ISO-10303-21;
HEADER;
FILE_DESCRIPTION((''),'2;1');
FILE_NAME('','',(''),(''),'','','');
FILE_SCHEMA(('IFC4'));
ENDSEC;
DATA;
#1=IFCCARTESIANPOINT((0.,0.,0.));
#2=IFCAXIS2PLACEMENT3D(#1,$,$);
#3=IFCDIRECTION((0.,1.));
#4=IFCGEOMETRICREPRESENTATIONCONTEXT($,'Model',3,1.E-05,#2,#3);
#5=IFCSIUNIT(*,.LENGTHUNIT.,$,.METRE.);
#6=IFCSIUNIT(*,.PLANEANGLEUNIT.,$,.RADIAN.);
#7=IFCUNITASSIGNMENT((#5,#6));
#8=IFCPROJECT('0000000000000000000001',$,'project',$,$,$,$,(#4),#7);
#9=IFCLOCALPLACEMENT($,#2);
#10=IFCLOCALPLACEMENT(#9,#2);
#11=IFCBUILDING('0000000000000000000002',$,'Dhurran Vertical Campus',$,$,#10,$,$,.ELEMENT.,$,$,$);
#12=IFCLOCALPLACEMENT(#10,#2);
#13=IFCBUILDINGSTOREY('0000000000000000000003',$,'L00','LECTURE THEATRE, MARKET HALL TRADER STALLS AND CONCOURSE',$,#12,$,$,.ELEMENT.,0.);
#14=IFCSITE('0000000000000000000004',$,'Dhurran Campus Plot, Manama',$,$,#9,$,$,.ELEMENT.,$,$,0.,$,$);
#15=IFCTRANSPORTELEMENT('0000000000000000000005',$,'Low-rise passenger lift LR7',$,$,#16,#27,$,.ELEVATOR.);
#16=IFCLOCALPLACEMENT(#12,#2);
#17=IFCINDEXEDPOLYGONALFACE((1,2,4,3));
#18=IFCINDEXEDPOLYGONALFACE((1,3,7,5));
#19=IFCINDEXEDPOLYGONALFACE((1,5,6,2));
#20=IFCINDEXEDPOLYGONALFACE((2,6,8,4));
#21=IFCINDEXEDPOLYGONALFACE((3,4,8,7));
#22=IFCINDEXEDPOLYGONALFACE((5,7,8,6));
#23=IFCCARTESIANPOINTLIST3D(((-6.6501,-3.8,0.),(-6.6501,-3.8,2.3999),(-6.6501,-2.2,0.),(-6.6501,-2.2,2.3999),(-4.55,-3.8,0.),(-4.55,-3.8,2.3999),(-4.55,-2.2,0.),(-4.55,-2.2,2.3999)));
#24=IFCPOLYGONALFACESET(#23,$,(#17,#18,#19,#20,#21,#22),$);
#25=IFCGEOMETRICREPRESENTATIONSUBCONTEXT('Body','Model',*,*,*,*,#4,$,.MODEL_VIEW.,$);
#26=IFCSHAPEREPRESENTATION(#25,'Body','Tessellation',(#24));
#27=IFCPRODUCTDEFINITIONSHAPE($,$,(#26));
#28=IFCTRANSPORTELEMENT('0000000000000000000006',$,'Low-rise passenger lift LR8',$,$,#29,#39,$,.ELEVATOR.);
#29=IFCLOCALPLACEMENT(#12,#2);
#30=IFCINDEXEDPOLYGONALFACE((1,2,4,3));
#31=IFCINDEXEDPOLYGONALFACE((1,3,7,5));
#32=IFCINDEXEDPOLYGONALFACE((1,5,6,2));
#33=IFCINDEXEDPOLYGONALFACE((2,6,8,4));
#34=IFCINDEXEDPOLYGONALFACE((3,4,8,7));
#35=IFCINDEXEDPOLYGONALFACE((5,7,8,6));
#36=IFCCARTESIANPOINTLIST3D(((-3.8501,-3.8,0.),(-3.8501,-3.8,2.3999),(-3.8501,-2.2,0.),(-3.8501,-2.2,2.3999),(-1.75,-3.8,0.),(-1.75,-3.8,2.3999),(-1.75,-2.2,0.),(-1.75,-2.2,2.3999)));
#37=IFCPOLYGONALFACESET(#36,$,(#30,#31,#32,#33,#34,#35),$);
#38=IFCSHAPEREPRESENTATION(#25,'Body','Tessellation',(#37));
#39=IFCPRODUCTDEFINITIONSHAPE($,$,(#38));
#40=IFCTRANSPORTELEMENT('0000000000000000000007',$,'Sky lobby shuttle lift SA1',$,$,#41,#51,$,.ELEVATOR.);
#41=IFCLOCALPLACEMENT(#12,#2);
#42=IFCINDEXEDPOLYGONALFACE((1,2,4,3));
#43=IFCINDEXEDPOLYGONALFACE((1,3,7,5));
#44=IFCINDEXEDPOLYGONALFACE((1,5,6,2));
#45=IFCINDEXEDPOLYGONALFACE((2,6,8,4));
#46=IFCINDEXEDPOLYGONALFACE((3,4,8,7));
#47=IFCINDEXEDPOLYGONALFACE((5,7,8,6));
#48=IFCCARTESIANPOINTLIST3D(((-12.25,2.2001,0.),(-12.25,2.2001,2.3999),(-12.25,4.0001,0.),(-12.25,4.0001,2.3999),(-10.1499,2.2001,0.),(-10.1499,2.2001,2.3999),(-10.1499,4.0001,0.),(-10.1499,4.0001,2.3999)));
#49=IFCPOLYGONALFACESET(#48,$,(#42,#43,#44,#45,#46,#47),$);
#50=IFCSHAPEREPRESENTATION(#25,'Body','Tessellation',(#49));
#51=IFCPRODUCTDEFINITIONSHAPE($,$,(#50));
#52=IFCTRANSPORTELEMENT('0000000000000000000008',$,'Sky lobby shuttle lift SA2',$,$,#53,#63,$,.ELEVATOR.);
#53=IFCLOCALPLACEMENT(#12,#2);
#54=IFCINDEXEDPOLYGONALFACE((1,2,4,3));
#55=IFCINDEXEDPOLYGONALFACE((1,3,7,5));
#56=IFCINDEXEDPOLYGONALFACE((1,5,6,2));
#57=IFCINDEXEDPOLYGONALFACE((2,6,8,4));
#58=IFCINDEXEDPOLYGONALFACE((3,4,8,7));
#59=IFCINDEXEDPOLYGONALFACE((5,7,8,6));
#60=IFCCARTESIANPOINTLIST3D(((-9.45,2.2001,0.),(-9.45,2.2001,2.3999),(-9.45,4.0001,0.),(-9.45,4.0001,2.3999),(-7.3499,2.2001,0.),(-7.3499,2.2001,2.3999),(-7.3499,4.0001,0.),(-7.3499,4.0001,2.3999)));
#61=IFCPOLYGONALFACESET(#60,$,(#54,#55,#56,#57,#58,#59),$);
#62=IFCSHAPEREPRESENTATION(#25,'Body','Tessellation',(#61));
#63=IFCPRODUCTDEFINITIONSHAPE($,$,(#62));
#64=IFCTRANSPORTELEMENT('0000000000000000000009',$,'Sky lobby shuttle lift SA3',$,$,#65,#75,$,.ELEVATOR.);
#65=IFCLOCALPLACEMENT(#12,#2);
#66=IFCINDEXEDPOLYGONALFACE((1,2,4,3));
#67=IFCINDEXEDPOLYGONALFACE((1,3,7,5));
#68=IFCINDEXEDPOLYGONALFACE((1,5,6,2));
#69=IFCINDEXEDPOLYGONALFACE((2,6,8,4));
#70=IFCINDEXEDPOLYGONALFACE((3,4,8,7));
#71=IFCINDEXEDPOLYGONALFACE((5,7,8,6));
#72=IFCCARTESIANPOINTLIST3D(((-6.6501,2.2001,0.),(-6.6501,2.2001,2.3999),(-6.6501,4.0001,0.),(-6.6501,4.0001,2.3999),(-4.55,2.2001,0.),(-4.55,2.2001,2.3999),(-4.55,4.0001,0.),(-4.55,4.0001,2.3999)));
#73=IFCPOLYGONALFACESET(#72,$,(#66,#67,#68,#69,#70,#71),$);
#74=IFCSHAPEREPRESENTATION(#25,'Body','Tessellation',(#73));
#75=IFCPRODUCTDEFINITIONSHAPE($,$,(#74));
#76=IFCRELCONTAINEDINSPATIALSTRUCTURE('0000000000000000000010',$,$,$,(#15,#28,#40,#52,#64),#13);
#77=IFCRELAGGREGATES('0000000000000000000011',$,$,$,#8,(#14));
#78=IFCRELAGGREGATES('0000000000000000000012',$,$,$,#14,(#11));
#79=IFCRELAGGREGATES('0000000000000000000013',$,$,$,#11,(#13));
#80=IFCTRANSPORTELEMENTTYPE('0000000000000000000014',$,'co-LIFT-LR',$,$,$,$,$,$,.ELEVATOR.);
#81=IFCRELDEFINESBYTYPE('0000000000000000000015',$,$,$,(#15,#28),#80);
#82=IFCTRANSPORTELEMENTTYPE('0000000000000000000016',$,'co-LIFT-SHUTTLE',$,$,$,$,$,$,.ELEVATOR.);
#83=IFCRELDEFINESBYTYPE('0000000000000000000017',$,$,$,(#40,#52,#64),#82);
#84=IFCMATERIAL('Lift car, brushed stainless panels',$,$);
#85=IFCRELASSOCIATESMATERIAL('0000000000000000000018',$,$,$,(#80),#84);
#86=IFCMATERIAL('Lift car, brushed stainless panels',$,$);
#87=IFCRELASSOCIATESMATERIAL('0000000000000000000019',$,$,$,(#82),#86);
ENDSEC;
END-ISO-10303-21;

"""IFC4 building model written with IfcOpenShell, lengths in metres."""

from ifc_helpers import new_model, si_unit, direction, frame, origin, origin_2d, place, context, subcontext, project, spatial, rectangle, extrude, material, type_object, element, save


model = new_model("IFC4")

# Units and contexts
model_context = context("Model", 3, precision=1e-05, world=origin(), true_north=direction((0.0, 1.0)))
body_context = subcontext(model_context, "Body", "Model", "MODEL_VIEW")
ifc_project = project(units=[si_unit("LENGTHUNIT", "METRE"), si_unit("PLANEANGLEUNIT", "RADIAN")], contexts=[model_context])

# Site, building, storey
site_placement = place(None, origin())
site = spatial("IfcSite", under=ifc_project, at=site_placement, Name="Dhurran Campus Plot, Manama", CompositionType="ELEMENT", RefElevation=0.0)
building_placement = place(site_placement, origin())
building = spatial("IfcBuilding", under=site, at=building_placement, Name="Dhurran Vertical Campus", CompositionType="ELEMENT")
storey_placement = place(building_placement, origin())
storey = spatial("IfcBuildingStorey", under=building, at=storey_placement, Name="L00", Description="LECTURE THEATRE, MARKET HALL TRADER STALLS AND CONCOURSE", CompositionType="ELEMENT", Elevation=0.0)

# Transport elements
ifc_material_1 = material(Name="Lift car, brushed stainless panels")
transport_element_type_1 = type_object("IfcTransportElementType", Name="co-LIFT-LR", PredefinedType="ELEVATOR", material=ifc_material_1)
for number, where, z_axis, x_axis, name in (
    (1, (-5.6001, -3.0, 0.0), (0.0, 0.0, 1.0), (1.0, 0.0, 0.0), "Low-rise passenger lift LR7"),
    (2, (-2.8, -3.0, 0.0), (0.0, 0.0, 1.0), (1.0, 0.0, 0.0), "Low-rise passenger lift LR8"),
):
    element("IfcTransportElement", number, at=place(storey_placement, frame(where, z_axis=z_axis, x_axis=x_axis)), inside=storey, type_object=transport_element_type_1, Name=name, PredefinedType="ELEVATOR", context=body_context, shape_type="SweptSolid", body=[
        extrude(rectangle(XDim=2.1001, YDim=1.6001, at=origin_2d()), origin(), (0.0, 0.0, 1.0), 2.3999),
    ])
ifc_material_2 = material(Name="Lift car, brushed stainless panels")
transport_element_type_2 = type_object("IfcTransportElementType", Name="co-LIFT-SHUTTLE", PredefinedType="ELEVATOR", material=ifc_material_2)
for number, where, z_axis, x_axis, name in (
    (3, (-11.2, 3.1001, 0.0), (0.0, 0.0, 1.0), (1.0, 0.0, 0.0), "Sky lobby shuttle lift SA1"),
    (4, (-8.3999, 3.1001, 0.0), (0.0, 0.0, 1.0), (1.0, 0.0, 0.0), "Sky lobby shuttle lift SA2"),
    (5, (-5.6001, 3.1001, 0.0), (0.0, 0.0, 1.0), (1.0, 0.0, 0.0), "Sky lobby shuttle lift SA3"),
):
    element("IfcTransportElement", number, at=place(storey_placement, frame(where, z_axis=z_axis, x_axis=x_axis)), inside=storey, type_object=transport_element_type_2, Name=name, PredefinedType="ELEVATOR", context=body_context, shape_type="SweptSolid", body=[
        extrude(rectangle(XDim=2.1001, YDim=1.8, at=origin_2d()), origin(), (0.0, 0.0, 1.0), 2.3999),
    ])

save(model, "model.ifc")
